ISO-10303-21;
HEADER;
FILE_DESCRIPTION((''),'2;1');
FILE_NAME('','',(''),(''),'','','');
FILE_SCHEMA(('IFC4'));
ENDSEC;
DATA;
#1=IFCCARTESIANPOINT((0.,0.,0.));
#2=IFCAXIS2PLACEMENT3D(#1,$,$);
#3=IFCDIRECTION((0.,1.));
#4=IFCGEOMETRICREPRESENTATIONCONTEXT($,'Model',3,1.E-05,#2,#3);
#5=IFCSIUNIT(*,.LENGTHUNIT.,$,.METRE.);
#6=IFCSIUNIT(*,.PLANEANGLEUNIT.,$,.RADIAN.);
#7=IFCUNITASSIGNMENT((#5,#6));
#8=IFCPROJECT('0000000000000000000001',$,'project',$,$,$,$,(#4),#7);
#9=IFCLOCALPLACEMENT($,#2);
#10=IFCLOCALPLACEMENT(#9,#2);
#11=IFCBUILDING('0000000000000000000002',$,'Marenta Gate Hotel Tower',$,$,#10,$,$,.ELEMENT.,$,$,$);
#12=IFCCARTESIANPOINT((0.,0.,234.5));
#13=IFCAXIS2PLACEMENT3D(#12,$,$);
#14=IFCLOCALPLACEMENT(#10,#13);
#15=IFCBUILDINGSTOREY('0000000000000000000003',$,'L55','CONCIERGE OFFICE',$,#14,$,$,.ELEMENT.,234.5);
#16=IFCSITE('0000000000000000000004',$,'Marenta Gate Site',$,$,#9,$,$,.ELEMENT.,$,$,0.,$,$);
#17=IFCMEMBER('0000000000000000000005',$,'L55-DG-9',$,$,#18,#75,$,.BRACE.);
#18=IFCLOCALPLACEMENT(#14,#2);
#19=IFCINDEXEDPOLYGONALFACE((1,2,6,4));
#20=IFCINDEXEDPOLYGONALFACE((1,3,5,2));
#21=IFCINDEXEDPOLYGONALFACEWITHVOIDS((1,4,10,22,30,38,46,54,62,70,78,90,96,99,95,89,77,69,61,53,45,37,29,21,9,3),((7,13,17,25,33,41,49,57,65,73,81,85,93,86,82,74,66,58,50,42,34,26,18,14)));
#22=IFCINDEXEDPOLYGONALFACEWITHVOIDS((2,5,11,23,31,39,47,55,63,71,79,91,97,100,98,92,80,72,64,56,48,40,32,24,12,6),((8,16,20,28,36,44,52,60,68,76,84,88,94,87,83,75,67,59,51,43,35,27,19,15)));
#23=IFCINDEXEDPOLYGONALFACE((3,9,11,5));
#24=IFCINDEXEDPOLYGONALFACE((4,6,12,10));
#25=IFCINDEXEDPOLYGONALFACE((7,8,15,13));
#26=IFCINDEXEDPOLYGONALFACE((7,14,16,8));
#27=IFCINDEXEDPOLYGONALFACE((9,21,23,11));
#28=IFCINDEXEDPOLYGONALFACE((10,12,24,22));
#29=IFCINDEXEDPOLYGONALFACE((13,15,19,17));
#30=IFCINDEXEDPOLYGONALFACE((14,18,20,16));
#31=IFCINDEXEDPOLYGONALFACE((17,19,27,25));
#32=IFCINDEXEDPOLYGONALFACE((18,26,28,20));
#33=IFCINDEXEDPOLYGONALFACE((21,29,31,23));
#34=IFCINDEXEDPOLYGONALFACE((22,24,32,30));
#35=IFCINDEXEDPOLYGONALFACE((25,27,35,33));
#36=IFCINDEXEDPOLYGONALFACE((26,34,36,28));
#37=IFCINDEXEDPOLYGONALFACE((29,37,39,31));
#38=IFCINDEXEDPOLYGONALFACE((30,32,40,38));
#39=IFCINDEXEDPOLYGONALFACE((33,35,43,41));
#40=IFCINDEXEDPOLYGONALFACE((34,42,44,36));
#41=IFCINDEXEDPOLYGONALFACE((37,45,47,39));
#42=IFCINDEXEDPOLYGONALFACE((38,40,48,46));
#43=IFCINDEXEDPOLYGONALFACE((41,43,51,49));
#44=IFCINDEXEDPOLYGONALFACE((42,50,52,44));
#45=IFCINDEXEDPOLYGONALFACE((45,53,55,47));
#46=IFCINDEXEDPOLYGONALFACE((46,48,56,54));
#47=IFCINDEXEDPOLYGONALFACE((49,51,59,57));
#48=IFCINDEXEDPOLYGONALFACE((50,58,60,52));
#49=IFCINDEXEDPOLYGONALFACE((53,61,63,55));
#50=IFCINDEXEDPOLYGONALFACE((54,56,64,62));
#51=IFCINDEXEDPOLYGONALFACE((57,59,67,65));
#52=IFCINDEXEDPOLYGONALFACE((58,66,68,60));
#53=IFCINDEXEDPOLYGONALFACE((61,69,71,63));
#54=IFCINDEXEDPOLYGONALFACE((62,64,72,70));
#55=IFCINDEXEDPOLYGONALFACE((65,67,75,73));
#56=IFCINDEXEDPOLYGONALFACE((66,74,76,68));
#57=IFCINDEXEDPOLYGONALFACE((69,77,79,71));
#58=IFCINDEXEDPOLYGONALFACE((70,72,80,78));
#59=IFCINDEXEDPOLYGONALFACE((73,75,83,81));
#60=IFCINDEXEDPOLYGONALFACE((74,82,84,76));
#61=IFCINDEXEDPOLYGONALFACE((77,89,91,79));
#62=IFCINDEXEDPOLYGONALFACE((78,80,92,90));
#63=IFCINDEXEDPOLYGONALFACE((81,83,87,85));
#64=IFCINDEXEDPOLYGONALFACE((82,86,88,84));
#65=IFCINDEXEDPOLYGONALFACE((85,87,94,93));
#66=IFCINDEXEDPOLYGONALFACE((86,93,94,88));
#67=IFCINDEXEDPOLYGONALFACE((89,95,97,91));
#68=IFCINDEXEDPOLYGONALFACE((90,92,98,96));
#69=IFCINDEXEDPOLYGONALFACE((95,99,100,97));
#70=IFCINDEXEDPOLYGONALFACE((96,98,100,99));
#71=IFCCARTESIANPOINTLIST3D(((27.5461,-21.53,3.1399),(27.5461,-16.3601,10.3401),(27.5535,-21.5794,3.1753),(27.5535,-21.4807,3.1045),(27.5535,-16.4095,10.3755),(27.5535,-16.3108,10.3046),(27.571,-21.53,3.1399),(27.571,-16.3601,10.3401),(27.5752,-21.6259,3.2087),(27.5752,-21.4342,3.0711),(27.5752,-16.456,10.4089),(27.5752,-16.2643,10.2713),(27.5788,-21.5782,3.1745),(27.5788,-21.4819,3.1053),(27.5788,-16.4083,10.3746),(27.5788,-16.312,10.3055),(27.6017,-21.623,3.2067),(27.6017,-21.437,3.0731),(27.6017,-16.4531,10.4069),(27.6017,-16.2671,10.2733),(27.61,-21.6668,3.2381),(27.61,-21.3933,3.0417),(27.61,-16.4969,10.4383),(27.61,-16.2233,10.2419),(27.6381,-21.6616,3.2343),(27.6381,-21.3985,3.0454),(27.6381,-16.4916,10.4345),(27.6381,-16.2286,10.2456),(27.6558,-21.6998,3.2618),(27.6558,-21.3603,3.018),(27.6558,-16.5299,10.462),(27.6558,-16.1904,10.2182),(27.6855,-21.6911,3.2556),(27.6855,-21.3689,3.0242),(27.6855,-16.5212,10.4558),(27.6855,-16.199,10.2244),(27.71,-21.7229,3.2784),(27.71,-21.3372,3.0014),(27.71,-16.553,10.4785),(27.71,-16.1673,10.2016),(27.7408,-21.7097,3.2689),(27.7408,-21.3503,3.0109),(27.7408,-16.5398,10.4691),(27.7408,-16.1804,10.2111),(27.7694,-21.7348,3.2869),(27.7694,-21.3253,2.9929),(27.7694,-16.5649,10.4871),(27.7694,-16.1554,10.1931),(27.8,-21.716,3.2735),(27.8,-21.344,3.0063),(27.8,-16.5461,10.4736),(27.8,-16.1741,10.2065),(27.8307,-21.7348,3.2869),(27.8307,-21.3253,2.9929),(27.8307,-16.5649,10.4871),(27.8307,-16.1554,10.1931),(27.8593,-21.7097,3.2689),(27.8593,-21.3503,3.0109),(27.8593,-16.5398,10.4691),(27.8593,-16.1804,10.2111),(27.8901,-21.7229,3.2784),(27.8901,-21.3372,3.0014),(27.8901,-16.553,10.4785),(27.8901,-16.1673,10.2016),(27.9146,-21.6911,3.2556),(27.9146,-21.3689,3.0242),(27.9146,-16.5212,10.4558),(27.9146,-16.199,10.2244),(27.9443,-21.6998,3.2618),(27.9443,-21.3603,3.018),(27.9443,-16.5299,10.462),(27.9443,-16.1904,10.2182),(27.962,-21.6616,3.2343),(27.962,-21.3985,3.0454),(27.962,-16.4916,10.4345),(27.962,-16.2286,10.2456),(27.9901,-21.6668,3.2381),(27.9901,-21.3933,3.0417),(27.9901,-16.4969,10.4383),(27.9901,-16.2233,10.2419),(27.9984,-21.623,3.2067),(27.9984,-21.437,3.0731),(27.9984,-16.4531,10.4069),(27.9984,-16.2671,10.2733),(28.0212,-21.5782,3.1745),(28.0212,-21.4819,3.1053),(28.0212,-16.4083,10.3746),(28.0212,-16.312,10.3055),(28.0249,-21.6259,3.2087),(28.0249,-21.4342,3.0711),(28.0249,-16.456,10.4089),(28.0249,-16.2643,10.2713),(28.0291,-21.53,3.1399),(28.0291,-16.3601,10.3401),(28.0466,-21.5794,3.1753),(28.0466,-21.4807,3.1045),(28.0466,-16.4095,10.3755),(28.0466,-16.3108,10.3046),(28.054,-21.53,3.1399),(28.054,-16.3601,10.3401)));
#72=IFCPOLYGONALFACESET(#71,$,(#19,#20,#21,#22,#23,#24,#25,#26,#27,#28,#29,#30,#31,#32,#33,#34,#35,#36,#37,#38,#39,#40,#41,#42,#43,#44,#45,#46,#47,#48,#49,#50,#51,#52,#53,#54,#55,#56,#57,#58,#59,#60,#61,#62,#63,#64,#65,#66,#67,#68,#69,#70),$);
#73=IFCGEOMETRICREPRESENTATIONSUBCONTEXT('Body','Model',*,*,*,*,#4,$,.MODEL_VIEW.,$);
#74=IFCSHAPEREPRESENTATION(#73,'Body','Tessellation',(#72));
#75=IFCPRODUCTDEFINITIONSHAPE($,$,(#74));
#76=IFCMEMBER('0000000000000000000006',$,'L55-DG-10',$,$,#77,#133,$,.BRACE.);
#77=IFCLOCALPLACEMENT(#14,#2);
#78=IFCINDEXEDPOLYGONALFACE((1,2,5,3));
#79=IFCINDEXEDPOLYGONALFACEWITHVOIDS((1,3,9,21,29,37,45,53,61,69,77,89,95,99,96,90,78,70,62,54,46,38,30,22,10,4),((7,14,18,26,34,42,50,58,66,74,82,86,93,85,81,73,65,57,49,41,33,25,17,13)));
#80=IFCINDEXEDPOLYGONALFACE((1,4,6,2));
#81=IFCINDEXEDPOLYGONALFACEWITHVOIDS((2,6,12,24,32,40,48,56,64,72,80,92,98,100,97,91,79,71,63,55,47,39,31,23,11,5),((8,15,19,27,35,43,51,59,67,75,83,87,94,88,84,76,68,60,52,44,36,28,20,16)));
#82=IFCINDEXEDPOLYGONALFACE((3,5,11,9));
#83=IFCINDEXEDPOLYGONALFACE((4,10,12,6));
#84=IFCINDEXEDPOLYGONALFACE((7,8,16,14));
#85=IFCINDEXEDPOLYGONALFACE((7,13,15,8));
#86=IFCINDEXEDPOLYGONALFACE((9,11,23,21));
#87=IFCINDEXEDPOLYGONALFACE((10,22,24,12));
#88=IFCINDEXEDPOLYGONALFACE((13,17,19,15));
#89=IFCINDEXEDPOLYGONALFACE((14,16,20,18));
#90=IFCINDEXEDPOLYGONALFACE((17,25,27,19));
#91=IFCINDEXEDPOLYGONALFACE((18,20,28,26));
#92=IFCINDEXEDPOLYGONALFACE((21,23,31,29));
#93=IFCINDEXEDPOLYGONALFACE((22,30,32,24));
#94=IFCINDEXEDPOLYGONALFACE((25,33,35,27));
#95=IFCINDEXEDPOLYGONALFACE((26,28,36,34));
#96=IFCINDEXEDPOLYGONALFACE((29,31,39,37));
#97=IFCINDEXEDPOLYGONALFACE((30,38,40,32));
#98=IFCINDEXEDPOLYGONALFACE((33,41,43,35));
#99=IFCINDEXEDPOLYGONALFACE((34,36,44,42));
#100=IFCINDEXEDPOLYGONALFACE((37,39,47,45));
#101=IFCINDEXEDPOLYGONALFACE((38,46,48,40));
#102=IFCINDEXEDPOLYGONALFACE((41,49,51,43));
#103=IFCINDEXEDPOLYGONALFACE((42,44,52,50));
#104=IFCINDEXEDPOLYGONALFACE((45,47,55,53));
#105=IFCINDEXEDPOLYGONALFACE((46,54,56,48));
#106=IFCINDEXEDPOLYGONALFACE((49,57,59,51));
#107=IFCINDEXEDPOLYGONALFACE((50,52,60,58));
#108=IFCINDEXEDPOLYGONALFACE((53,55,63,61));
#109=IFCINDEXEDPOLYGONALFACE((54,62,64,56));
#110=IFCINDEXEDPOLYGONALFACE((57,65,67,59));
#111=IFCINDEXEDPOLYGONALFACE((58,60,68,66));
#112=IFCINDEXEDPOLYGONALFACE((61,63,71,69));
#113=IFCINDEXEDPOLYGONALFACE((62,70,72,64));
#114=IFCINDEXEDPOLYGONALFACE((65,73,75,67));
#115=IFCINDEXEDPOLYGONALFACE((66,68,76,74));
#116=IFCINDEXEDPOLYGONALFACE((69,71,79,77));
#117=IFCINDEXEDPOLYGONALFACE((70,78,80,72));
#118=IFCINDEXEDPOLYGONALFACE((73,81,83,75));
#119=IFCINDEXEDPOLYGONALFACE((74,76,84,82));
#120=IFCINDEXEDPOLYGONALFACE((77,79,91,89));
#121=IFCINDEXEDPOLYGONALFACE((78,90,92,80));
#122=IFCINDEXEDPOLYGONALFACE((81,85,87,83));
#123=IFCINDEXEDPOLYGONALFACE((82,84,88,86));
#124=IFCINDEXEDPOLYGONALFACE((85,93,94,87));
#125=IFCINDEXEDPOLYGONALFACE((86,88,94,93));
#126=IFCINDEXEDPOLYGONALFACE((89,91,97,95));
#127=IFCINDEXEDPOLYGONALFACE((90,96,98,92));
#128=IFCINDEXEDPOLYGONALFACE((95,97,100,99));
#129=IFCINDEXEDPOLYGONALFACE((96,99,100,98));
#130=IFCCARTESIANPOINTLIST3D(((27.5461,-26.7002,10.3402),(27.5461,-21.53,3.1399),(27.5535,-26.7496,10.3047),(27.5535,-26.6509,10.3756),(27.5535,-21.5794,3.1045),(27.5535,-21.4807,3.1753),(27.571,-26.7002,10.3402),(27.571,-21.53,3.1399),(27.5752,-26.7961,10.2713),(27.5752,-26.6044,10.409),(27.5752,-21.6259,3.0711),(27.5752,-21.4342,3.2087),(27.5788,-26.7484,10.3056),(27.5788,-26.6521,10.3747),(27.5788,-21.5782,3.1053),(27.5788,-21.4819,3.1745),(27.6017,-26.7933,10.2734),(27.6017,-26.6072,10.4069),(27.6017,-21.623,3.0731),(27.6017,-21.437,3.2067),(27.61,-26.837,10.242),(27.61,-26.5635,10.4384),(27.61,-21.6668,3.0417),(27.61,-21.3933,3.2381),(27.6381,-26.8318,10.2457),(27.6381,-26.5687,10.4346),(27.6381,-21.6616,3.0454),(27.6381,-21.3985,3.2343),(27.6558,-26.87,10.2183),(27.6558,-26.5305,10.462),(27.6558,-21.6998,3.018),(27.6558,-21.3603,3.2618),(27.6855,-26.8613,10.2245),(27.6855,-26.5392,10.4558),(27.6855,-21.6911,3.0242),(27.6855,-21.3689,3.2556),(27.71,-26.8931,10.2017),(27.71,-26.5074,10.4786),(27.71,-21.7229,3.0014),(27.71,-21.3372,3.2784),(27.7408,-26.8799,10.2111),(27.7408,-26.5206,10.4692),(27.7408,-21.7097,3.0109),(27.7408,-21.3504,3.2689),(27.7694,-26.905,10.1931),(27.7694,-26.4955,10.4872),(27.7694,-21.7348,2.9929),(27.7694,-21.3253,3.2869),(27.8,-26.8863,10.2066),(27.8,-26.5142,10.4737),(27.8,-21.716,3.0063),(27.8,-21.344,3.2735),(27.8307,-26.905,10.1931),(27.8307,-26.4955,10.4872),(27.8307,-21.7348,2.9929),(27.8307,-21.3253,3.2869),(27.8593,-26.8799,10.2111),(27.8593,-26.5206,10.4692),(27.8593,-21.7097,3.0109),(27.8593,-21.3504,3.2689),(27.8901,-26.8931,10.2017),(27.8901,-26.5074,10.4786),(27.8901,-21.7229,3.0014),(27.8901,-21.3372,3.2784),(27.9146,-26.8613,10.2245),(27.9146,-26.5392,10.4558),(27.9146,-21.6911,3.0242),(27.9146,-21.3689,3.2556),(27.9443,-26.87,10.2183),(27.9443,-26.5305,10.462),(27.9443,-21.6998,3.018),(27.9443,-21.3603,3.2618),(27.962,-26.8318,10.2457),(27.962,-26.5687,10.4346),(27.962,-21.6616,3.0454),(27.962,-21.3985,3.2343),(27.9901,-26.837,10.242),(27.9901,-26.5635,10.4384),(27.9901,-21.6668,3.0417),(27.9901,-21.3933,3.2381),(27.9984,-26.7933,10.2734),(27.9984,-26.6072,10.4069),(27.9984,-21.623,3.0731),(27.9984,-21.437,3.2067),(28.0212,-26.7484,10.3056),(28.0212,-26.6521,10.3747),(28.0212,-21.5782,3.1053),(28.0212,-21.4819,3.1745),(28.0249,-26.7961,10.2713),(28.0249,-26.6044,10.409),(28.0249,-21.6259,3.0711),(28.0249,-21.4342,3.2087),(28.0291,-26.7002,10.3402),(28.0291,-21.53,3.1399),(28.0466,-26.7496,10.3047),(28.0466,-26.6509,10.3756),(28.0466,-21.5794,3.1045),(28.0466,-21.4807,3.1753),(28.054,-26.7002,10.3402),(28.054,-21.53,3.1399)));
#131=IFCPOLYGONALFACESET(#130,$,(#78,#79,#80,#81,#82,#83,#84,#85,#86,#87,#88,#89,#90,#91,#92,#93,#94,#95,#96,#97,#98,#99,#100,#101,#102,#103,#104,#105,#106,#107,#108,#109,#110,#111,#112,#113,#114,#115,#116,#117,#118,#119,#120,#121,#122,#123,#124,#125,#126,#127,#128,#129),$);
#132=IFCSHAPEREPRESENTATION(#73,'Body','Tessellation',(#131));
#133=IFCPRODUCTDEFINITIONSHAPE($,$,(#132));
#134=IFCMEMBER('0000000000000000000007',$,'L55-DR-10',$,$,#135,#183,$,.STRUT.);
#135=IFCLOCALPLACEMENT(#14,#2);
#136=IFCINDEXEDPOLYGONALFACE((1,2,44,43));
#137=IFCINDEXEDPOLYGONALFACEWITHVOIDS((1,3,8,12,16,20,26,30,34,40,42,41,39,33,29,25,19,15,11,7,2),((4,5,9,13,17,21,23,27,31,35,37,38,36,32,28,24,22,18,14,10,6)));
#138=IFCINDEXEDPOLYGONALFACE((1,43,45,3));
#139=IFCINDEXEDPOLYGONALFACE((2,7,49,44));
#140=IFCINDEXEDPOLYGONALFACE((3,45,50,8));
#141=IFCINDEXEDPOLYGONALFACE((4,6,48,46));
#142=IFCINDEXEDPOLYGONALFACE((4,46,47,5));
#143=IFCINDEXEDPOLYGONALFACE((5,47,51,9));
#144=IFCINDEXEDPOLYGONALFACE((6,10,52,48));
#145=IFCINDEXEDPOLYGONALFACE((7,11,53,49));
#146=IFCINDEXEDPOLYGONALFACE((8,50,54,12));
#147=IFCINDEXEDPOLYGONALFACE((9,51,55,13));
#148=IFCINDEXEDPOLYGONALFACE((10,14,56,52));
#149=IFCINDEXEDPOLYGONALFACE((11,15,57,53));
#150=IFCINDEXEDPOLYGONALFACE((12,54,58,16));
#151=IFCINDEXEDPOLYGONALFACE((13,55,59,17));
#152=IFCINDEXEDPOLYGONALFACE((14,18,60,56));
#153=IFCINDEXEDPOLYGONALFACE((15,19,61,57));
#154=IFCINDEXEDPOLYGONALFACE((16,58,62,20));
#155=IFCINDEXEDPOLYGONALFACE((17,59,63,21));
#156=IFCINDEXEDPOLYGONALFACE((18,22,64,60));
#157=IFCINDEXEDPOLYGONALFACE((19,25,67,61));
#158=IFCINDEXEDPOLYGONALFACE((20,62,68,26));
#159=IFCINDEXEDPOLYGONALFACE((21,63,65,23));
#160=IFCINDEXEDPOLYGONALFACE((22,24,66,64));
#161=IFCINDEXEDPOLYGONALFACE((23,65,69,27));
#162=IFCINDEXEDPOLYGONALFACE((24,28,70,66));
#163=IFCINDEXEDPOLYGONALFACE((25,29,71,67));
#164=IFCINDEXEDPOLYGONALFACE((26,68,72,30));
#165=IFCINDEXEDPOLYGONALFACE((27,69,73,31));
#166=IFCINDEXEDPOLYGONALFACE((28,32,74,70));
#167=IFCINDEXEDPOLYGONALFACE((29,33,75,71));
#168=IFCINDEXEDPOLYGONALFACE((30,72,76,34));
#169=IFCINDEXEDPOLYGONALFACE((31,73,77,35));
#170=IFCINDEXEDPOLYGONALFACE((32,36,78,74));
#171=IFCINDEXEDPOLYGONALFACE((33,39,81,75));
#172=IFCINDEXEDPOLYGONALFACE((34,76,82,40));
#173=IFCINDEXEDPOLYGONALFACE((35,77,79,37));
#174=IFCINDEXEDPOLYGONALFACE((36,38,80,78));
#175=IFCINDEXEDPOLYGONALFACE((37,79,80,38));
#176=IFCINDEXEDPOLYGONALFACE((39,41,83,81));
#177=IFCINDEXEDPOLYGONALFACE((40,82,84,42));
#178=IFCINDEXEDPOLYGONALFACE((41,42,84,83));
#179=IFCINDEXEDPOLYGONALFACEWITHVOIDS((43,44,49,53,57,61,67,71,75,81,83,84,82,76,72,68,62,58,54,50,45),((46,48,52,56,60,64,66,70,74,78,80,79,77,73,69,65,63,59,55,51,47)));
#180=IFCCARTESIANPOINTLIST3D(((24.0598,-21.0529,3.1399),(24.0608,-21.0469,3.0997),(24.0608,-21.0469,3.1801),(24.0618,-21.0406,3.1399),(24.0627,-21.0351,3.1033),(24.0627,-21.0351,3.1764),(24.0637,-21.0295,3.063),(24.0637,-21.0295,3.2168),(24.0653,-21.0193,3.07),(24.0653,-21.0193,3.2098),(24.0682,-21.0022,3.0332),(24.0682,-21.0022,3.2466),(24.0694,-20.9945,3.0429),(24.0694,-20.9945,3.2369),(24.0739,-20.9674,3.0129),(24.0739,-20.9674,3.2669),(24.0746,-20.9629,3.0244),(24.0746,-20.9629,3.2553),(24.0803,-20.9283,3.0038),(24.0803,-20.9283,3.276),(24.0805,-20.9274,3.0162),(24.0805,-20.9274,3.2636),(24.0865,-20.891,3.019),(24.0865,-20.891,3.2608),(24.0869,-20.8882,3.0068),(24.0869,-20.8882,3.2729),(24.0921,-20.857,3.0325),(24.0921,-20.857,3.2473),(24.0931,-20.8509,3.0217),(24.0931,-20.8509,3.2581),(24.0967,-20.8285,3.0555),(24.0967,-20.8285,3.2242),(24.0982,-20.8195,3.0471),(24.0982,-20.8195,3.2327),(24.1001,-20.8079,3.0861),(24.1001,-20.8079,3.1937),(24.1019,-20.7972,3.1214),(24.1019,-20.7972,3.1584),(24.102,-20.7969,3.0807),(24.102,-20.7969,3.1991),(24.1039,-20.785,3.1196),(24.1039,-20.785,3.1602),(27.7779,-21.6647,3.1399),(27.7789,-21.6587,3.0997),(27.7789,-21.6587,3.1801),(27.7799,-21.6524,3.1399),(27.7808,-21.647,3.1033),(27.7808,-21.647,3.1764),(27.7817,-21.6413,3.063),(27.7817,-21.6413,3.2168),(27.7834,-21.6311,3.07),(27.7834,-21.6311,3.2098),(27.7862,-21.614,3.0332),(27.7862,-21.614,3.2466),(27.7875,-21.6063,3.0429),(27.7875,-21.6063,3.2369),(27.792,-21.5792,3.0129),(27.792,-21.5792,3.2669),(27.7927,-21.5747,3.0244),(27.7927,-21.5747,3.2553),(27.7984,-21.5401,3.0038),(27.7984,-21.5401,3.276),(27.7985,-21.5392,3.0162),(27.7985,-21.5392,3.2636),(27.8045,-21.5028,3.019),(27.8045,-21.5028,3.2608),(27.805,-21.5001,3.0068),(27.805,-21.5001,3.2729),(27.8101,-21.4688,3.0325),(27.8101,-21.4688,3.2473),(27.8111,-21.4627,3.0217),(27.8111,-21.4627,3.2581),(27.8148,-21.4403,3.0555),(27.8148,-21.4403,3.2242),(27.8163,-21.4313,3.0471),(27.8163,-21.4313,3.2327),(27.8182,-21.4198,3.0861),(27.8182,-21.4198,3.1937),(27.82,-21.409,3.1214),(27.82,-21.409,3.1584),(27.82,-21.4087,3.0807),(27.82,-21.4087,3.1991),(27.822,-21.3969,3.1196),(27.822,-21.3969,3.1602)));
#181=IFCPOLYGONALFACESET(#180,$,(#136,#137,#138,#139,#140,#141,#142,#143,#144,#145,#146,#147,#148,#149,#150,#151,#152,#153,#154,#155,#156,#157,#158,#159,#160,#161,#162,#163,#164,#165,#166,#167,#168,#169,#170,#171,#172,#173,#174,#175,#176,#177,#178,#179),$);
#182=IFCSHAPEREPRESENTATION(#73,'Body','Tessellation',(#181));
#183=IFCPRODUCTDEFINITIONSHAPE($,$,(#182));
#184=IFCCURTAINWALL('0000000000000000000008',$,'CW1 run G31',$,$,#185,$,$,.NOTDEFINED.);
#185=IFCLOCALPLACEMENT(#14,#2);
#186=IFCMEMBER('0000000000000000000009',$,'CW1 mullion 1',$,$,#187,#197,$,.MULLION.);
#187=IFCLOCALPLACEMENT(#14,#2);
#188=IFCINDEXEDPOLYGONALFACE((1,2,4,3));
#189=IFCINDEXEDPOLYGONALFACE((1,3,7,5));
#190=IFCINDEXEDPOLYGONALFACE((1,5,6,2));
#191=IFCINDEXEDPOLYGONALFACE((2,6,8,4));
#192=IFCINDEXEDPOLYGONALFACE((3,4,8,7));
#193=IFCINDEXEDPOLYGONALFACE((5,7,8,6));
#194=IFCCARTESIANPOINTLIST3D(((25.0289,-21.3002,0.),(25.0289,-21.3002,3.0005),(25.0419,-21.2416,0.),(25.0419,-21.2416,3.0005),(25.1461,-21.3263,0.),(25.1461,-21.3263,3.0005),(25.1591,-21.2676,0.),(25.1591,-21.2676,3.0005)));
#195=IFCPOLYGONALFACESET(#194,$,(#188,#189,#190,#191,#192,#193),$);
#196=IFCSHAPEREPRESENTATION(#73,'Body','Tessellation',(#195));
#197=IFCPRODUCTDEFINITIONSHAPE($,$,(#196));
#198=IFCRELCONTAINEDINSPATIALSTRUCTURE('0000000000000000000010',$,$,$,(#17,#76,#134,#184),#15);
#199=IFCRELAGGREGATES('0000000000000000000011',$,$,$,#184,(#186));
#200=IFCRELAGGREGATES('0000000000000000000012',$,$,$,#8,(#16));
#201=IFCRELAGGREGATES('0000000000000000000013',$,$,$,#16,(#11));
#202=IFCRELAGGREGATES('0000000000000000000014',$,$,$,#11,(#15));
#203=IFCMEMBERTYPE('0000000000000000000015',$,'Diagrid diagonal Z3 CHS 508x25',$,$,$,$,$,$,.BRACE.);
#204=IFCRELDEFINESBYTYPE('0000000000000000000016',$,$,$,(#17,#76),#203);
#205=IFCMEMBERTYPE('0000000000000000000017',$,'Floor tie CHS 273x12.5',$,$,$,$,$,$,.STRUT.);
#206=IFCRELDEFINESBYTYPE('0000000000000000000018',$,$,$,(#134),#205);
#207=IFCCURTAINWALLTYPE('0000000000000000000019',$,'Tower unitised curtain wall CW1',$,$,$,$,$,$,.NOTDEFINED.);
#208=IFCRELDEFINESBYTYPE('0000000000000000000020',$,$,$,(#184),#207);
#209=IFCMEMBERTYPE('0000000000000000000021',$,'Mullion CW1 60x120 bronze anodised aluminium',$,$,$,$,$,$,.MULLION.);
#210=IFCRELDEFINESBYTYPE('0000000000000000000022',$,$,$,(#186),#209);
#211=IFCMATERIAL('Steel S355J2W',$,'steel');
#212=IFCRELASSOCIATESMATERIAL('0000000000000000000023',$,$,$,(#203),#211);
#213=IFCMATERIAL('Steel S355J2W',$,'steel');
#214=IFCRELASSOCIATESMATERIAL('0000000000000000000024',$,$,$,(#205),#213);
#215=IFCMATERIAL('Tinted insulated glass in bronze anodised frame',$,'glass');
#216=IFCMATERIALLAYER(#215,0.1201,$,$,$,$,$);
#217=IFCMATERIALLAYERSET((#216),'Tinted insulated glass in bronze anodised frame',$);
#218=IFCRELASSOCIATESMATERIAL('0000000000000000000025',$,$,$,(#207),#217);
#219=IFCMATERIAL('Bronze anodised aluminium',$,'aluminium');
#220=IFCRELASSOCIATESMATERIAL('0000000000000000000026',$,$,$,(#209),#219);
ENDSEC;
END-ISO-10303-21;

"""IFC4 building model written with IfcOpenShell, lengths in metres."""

from ifc_helpers import new_model, si_unit, direction, frame, origin, origin_2d, place, context, subcontext, project, spatial, rectangle, hollow_circle, extrude, material, layer, layer_set, material_profile, profile_set, type_object, element, aggregate, save


model = new_model("IFC4")

# Units and contexts
model_context = context("Model", 3, precision=1e-05, world=origin(), true_north=direction((0.0, 1.0)))
body_context = subcontext(model_context, "Body", "Model", "MODEL_VIEW")
ifc_project = project(units=[si_unit("LENGTHUNIT", "METRE"), si_unit("PLANEANGLEUNIT", "RADIAN")], contexts=[model_context])

# Site, building, storey
site_placement = place(None, origin())
site = spatial("IfcSite", under=ifc_project, at=site_placement, Name="Marenta Gate Site", CompositionType="ELEMENT", RefElevation=0.0)
building_placement = place(site_placement, origin())
building = spatial("IfcBuilding", under=site, at=building_placement, Name="Marenta Gate Hotel Tower", CompositionType="ELEMENT")
storey_placement = place(building_placement, frame((0.0, 0.0, 234.5)))
storey = spatial("IfcBuildingStorey", under=building, at=storey_placement, Name="L55", Description="CONCIERGE OFFICE", CompositionType="ELEMENT", Elevation=234.5)

# Members
ifc_material_1 = material(Name="Steel S355J2W", Category="steel")
ifc_material_profile_1 = material_profile(ifc_material_1, hollow_circle(Radius=0.2539, WallThickness=0.0249, at=origin_2d()), Name="CHS 508x25")
ifc_profile_set_1 = profile_set([ifc_material_profile_1], Name="Steel S355J2W")
member_type_1 = type_object("IfcMemberType", Name="Diagrid diagonal Z3 CHS 508x25", PredefinedType="BRACE", material=ifc_profile_set_1)
for number, where, z_axis, x_axis, name in (
    (1, (27.8, -21.53, 3.1399), (0.0, 0.583248, 0.812294), (-1.0, 0.0, 0.0), "L55-DG-9"),
):
    element("IfcMember", number, at=place(storey_placement, frame(where, z_axis=z_axis, x_axis=x_axis)), inside=storey, type_object=member_type_1, Name=name, PredefinedType="BRACE", context=body_context, shape_type="SweptSolid", body=[
        extrude(hollow_circle(Radius=0.2539, WallThickness=0.0249, at=origin_2d()), origin(), (0.0, 0.0, 1.0), 8.864),
    ])
member_1_placement = place(storey_placement, frame((27.8, -21.53, 3.1399), z_axis=(0.0, -0.583266, 0.812281), x_axis=(1.0, 0.0, 0.0)))
element("IfcMember", 2, at=member_1_placement, inside=storey, type_object=member_type_1, Name="L55-DG-10", PredefinedType="BRACE", context=body_context, shape_type="SweptSolid", body=[
    extrude(hollow_circle(Radius=0.2539, WallThickness=0.0249, at=origin_2d()), origin(), (0.0, 0.0, 1.0), 8.8643),
])
ifc_material_2 = material(Name="Steel S355J2W", Category="steel")
ifc_material_profile_2 = material_profile(ifc_material_2, hollow_circle(Radius=0.1365, WallThickness=0.0125, at=origin_2d()), Name="CHS 273x12.5")
ifc_profile_set_2 = profile_set([ifc_material_profile_2], Name="Steel S355J2W")
member_type_2 = type_object("IfcMemberType", Name="Floor tie CHS 273x12.5", PredefinedType="STRUT", material=ifc_profile_set_2)
member_2_placement = place(storey_placement, frame((27.8, -21.53, 3.1399), z_axis=(-0.98673, 0.162371, 0.0), x_axis=(-0.162371, -0.98673, 0.0)))
element("IfcMember", 3, at=member_2_placement, inside=storey, type_object=member_type_2, Name="L55-DR-10", PredefinedType="STRUT", context=body_context, shape_type="SweptSolid", body=[
    extrude(hollow_circle(Radius=0.1365, WallThickness=0.0125, at=origin_2d()), origin(), (0.0, 0.0, 1.0), 3.7681),
])

# Curtain wall, member
ifc_material_3 = material(Name="Tinted insulated glass in bronze anodised frame", Category="glass")
ifc_layer_1 = layer(ifc_material_3, 0.1201)
ifc_layer_set_1 = layer_set([ifc_layer_1], Name="Tinted insulated glass in bronze anodised frame")
curtain_wall_type = type_object("IfcCurtainWallType", Name="Tower unitised curtain wall CW1", PredefinedType="NOTDEFINED", material=ifc_layer_set_1)
curtain_wall_1_placement = place(storey_placement, origin())
curtain_wall_1 = element("IfcCurtainWall", 4, at=curtain_wall_1_placement, inside=storey, type_object=curtain_wall_type, Name="CW1 run G31", PredefinedType="NOTDEFINED")
ifc_material_4 = material(Name="Bronze anodised aluminium", Category="aluminium")
ifc_material_profile_3 = material_profile(ifc_material_4, rectangle(XDim=0.1201, YDim=0.0601, at=origin_2d()), Name="Mullion CW1 60x120 bronze anodised aluminium")
ifc_profile_set_3 = profile_set([ifc_material_profile_3], Name="Bronze anodised aluminium")
member_type_3 = type_object("IfcMemberType", Name="Mullion CW1 60x120 bronze anodised aluminium", PredefinedType="MULLION", material=ifc_profile_set_3)
member_3_placement = place(storey_placement, frame((25.094, -21.2839, 0.0), z_axis=(0.0, 0.0, 1.0), x_axis=(-0.976197, 0.216884, 0.0)))
member_3 = element("IfcMember", 5, at=member_3_placement, type_object=member_type_3, Name="CW1 mullion 1", PredefinedType="MULLION", context=body_context, shape_type="SweptSolid", body=[
    extrude(rectangle(XDim=0.1201, YDim=0.0601, at=origin_2d()), origin(), (0.0, 0.0, 1.0), 3.0005),
])

aggregate(curtain_wall_1, [member_3])

save(model, "model.ifc")
